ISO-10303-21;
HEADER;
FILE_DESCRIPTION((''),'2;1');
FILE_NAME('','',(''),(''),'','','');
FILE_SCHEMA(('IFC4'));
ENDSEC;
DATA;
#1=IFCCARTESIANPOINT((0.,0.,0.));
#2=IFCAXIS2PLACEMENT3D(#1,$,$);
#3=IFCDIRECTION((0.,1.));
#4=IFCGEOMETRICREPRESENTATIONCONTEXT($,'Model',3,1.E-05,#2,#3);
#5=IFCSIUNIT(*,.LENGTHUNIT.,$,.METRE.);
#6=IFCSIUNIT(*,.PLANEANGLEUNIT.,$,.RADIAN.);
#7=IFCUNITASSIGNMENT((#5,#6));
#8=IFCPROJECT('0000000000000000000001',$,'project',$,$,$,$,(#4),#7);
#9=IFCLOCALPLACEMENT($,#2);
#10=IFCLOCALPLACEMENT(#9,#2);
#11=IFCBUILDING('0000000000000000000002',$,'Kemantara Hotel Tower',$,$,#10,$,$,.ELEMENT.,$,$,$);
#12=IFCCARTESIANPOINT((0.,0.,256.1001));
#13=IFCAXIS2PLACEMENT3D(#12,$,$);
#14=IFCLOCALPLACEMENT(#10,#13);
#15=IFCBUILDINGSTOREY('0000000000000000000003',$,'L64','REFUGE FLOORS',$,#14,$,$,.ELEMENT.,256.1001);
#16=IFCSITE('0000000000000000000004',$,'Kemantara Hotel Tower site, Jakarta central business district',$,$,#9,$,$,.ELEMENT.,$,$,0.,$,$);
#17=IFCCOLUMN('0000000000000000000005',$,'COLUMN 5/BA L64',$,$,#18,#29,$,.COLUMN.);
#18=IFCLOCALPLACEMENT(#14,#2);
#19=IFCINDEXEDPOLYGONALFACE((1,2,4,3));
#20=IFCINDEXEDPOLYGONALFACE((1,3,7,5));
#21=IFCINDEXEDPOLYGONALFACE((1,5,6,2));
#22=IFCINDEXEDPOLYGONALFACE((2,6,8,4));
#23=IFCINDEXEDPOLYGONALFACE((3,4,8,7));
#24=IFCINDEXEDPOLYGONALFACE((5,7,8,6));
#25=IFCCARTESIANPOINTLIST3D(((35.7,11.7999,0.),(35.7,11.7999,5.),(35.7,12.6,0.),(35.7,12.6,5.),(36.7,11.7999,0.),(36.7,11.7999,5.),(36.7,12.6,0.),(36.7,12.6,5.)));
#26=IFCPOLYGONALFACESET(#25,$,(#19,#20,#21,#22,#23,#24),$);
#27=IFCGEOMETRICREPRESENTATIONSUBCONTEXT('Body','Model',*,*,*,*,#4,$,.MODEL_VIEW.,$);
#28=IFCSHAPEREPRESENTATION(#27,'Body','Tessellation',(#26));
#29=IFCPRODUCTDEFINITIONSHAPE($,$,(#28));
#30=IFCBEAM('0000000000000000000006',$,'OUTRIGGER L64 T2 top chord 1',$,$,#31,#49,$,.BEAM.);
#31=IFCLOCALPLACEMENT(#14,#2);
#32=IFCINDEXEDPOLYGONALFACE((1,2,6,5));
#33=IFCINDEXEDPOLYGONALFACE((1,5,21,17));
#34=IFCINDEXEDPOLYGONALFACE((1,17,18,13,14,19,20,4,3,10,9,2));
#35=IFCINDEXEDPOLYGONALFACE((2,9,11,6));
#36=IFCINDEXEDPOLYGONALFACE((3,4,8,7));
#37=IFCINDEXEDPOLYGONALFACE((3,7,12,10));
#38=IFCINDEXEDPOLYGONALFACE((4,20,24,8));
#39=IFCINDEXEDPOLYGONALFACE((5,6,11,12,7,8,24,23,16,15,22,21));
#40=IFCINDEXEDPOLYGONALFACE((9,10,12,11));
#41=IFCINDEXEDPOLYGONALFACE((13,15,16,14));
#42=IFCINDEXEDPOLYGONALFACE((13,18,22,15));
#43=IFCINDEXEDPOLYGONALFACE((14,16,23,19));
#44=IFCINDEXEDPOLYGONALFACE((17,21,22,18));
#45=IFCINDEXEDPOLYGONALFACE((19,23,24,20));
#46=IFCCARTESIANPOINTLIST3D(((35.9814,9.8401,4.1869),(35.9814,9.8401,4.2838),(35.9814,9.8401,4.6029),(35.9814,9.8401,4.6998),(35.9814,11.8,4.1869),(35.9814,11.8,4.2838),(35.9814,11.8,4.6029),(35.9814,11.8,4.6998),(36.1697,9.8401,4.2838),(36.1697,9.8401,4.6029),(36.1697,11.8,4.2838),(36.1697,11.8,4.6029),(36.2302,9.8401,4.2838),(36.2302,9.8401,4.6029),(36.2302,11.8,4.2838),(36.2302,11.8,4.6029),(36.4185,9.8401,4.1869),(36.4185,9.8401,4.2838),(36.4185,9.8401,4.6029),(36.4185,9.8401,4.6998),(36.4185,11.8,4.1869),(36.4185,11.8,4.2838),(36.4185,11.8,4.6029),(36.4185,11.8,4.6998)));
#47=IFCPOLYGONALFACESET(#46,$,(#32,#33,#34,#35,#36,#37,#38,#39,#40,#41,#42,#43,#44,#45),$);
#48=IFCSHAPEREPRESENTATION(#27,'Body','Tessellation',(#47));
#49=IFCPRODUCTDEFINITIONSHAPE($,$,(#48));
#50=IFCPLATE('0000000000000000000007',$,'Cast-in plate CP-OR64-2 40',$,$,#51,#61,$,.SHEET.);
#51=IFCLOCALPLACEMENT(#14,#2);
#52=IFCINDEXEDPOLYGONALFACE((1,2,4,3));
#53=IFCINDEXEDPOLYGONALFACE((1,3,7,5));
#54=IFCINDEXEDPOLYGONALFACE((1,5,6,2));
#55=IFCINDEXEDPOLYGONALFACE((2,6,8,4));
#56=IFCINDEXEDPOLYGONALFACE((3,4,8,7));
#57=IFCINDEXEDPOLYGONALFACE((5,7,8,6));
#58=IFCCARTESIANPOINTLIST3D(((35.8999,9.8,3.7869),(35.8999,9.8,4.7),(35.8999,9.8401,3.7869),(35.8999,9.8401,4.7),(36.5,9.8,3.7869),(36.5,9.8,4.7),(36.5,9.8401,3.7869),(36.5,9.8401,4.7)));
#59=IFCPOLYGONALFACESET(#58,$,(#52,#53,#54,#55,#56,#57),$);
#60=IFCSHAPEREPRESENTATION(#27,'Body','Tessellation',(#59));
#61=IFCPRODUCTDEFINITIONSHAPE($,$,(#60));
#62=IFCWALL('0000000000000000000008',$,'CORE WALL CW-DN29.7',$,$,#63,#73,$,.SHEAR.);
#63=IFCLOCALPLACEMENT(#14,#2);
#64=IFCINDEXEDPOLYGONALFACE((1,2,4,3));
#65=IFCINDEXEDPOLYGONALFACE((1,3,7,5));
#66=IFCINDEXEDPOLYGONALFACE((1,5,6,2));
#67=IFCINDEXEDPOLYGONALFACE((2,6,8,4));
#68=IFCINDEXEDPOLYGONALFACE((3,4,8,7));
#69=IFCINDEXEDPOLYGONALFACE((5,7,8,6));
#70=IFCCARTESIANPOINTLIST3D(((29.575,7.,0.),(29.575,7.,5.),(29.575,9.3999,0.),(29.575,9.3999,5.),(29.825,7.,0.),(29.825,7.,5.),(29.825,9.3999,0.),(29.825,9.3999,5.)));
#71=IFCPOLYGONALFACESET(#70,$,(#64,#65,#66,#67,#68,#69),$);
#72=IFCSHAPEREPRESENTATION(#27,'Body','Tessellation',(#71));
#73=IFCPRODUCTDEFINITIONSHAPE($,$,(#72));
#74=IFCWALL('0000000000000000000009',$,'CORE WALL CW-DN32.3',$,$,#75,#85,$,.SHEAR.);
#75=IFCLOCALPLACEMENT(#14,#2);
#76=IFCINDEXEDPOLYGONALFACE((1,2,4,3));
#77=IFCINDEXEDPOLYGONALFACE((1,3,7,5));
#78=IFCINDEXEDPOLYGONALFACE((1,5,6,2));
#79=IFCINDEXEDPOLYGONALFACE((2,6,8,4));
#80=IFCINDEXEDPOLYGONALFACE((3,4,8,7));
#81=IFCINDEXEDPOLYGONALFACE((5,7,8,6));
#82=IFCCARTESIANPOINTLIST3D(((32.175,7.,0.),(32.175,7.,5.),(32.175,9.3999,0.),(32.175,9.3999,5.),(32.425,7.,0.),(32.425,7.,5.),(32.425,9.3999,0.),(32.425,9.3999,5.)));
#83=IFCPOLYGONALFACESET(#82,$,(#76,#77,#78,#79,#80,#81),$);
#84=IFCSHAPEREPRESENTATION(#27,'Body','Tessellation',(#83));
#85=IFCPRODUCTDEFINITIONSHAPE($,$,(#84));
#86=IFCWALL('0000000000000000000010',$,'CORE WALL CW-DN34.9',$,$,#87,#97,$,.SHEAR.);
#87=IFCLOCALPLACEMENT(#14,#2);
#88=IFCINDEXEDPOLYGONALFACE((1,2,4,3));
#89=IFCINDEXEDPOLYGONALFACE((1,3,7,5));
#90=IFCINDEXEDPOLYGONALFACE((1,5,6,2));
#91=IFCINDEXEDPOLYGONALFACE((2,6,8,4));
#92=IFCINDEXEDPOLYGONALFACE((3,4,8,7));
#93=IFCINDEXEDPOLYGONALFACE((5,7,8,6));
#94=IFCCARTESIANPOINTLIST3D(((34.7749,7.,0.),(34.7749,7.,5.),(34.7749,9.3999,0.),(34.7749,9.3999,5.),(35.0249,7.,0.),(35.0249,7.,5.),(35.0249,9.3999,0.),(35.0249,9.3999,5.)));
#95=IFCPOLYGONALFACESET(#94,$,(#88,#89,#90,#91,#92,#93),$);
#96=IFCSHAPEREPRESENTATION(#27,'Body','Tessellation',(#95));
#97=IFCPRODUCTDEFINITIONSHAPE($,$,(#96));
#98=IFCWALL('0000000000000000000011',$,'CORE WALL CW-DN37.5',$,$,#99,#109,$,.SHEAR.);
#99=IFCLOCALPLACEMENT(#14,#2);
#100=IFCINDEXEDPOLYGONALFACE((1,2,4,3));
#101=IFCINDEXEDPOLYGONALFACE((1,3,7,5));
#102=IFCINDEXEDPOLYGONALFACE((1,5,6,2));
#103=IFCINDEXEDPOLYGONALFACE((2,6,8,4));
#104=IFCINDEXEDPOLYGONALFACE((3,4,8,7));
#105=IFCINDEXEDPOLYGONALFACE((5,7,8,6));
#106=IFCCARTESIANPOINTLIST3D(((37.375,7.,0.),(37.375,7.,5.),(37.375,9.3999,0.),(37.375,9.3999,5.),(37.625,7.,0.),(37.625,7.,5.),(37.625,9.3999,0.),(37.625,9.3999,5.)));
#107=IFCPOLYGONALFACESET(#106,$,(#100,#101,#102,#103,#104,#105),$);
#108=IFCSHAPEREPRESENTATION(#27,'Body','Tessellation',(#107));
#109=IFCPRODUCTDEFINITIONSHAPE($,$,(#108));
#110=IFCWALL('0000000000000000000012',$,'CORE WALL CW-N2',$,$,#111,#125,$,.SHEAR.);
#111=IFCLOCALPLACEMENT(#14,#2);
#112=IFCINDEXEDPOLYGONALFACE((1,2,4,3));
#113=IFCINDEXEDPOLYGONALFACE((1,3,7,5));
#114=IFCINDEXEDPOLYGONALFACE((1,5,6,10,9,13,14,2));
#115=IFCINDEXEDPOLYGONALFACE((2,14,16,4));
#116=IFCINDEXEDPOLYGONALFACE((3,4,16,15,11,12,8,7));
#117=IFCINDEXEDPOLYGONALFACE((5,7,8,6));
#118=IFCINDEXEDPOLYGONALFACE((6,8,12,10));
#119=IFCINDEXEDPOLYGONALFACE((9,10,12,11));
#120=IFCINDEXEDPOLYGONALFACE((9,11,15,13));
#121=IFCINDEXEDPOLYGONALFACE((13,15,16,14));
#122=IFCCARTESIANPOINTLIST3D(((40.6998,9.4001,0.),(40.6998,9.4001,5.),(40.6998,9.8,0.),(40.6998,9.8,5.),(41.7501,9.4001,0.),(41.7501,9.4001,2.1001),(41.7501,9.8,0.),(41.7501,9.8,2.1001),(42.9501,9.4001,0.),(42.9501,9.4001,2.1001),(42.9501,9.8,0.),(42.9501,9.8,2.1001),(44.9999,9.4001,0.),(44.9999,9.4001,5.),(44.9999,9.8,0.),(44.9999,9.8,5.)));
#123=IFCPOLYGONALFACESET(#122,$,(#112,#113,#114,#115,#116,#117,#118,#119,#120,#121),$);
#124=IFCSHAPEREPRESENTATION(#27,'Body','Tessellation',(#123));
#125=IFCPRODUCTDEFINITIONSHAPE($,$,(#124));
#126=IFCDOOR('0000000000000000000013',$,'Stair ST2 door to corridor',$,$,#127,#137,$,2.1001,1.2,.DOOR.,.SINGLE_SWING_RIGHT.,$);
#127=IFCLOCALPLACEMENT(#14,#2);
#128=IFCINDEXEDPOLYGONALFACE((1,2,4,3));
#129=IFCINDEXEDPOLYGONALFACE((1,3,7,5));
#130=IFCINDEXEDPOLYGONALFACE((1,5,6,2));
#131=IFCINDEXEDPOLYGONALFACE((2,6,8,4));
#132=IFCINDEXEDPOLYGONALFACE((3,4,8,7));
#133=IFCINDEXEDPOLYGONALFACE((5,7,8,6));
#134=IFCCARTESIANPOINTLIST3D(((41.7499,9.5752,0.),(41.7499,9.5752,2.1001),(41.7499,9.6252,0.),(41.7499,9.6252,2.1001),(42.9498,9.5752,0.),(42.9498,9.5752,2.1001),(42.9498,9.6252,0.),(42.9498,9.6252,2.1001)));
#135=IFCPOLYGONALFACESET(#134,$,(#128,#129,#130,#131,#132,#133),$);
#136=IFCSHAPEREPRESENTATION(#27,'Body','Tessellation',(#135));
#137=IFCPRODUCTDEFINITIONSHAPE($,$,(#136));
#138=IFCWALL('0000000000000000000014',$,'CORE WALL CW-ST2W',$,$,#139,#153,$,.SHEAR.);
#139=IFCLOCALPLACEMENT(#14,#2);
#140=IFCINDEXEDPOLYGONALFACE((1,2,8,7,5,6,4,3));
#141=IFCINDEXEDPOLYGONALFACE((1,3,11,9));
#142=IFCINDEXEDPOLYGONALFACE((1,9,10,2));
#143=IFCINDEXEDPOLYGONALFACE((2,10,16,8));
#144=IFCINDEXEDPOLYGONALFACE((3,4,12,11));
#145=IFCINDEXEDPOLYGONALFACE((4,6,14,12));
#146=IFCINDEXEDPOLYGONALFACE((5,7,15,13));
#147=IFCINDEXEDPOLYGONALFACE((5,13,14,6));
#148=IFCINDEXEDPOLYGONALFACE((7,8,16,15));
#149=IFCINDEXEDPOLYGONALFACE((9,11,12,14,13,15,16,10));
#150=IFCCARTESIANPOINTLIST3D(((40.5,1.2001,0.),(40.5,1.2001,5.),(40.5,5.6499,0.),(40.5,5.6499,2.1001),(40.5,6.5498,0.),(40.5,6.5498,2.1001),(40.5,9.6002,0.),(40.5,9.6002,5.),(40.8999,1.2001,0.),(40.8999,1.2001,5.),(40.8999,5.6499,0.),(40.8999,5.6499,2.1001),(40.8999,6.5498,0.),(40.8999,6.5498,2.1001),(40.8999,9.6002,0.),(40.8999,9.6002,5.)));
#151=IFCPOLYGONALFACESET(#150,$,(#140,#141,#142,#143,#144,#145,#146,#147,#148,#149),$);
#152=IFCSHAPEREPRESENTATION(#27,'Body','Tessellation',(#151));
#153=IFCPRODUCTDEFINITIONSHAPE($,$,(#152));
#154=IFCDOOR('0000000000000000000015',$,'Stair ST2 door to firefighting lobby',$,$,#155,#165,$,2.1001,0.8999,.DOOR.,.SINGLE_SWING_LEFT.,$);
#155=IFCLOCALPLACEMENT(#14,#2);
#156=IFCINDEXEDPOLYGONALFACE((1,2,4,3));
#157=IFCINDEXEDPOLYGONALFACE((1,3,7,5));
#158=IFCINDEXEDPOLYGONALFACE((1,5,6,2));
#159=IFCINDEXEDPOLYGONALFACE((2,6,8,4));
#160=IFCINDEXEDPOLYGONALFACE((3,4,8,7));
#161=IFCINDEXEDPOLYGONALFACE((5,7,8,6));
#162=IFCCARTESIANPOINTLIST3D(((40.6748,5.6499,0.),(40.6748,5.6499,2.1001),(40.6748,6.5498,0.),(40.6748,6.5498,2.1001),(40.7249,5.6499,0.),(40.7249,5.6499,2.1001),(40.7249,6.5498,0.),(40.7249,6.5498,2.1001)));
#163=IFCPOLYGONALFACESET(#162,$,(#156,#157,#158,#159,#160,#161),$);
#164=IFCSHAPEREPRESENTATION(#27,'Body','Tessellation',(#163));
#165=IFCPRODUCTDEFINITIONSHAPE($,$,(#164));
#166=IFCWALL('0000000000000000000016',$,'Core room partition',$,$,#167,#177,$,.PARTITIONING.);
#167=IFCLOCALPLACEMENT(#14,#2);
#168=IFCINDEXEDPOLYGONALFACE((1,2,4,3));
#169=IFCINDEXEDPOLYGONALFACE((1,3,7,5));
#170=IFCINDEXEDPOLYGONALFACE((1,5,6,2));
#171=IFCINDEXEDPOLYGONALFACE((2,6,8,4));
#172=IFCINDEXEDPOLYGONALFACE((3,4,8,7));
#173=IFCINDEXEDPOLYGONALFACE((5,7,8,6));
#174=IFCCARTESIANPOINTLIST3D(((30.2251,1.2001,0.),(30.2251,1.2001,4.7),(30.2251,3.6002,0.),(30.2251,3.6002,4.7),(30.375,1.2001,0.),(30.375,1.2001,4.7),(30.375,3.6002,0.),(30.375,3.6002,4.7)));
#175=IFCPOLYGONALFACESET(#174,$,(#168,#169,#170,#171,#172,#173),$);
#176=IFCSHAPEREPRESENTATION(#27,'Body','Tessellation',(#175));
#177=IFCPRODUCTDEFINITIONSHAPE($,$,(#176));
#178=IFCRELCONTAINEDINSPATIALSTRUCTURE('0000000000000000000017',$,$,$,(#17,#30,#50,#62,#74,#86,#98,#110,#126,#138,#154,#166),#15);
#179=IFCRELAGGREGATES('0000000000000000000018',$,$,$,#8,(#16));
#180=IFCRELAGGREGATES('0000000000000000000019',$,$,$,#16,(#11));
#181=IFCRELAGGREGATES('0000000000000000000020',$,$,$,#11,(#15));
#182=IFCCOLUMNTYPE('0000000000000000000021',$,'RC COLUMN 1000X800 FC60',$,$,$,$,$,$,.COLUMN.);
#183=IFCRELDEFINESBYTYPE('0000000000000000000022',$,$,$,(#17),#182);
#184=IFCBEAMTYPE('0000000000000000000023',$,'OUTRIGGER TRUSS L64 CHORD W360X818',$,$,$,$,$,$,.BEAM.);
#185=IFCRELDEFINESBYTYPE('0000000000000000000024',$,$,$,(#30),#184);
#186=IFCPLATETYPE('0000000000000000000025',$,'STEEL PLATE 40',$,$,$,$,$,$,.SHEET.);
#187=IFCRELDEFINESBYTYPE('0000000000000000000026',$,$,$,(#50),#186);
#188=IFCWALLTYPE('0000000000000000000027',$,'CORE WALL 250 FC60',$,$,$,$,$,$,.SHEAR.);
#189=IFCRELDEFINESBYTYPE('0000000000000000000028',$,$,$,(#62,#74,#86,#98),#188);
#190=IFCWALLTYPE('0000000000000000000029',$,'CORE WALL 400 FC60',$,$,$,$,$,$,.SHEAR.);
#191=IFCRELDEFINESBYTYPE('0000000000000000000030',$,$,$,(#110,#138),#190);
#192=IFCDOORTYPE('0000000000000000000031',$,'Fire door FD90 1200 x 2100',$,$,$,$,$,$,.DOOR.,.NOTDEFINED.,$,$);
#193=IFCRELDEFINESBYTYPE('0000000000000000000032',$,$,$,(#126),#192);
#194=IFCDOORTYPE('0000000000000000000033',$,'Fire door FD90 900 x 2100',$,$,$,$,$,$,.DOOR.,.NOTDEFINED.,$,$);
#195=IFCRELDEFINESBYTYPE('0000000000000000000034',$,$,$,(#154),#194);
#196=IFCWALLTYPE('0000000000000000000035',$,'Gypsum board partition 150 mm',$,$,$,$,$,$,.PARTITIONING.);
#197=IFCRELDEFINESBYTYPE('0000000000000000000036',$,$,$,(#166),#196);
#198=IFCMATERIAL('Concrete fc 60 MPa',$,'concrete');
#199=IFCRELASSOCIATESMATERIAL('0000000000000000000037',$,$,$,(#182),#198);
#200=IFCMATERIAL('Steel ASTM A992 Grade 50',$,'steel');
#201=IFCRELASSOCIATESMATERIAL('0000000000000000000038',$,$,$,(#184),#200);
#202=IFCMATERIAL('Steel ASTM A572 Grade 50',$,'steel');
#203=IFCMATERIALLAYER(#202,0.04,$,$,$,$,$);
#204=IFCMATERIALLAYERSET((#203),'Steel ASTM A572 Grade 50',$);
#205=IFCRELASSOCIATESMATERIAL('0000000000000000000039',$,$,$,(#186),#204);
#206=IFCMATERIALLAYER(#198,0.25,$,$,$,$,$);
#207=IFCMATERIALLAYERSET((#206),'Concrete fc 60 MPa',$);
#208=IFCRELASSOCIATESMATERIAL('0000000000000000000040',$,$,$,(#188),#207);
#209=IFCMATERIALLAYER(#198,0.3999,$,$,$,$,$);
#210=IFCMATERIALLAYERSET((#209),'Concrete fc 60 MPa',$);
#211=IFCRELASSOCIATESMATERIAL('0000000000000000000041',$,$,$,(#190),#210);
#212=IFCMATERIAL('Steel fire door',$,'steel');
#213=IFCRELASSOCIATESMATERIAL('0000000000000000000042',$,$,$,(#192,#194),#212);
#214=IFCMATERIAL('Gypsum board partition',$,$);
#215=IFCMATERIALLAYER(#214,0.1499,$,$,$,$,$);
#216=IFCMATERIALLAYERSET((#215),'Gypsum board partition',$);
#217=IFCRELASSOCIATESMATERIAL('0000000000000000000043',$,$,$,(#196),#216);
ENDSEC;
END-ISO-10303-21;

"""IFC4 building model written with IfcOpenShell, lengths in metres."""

from ifc_helpers import new_model, si_unit, direction, frame, frame_2d, origin, origin_2d, place, context, subcontext, project, spatial, rectangle, i_section, extrude, source, transform, mapped, material, layer, layer_set, material_profile, profile_set, type_object, element, fill, save


model = new_model("IFC4")

# Units and contexts
model_context = context("Model", 3, precision=1e-05, world=origin(), true_north=direction((0.0, 1.0)))
body_context = subcontext(model_context, "Body", "Model", "MODEL_VIEW")
ifc_project = project(units=[si_unit("LENGTHUNIT", "METRE"), si_unit("PLANEANGLEUNIT", "RADIAN")], contexts=[model_context])

# Site, building, storey
site_placement = place(None, origin())
site = spatial("IfcSite", under=ifc_project, at=site_placement, Name="Kemantara Hotel Tower site, Jakarta central business district", CompositionType="ELEMENT", RefElevation=0.0)
building_placement = place(site_placement, origin())
building = spatial("IfcBuilding", under=site, at=building_placement, Name="Kemantara Hotel Tower", CompositionType="ELEMENT")
storey_placement = place(building_placement, frame((0.0, 0.0, 256.1001)))
storey = spatial("IfcBuildingStorey", under=building, at=storey_placement, Name="L64", Description="REFUGE FLOORS", CompositionType="ELEMENT", Elevation=256.1001)

# Column
ifc_material_1 = material(Name="Concrete fc 60 MPa", Category="concrete")
ifc_material_profile_1 = material_profile(ifc_material_1, rectangle(XDim=1.0, YDim=0.8, at=origin_2d()), Name="RC 1000X800")
ifc_profile_set_1 = profile_set([ifc_material_profile_1], Name="Concrete fc 60 MPa")
column_type = type_object("IfcColumnType", Name="RC COLUMN 1000X800 FC60", PredefinedType="COLUMN", material=ifc_profile_set_1)
column_placement = place(storey_placement, frame((36.2, 12.2, 0.0), z_axis=(0.0, 0.0, 1.0), x_axis=(1.0, 0.0, 0.0)))
element("IfcColumn", 1, at=column_placement, inside=storey, type_object=column_type, Name="COLUMN 5/BA L64", PredefinedType="COLUMN", context=body_context, shape_type="SweptSolid", body=[
    extrude(rectangle(XDim=1.0, YDim=0.8, at=origin_2d()), origin(), (0.0, 0.0, 1.0), 5.0),
])

# Beam
ifc_material_2 = material(Name="Steel ASTM A992 Grade 50", Category="steel")
ifc_material_profile_2 = material_profile(ifc_material_2, i_section(OverallWidth=0.437, OverallDepth=0.5129, WebThickness=0.0605, FlangeThickness=0.0969, at=origin_2d()), Name="W360X818")
ifc_profile_set_2 = profile_set([ifc_material_profile_2], Name="Steel ASTM A992 Grade 50")
beam_type = type_object("IfcBeamType", Name="OUTRIGGER TRUSS L64 CHORD W360X818", PredefinedType="BEAM", material=ifc_profile_set_2)
beam_placement = place(storey_placement, frame((36.2, 9.8401, 4.4434), z_axis=(0.0, 1.0, 0.0), x_axis=(-1.0, 0.0, 0.0)))
element("IfcBeam", 2, at=beam_placement, inside=storey, type_object=beam_type, Name="OUTRIGGER L64 T2 top chord 1", PredefinedType="BEAM", context=body_context, shape_type="SweptSolid", body=[
    extrude(i_section(OverallWidth=0.437, OverallDepth=0.5129, WebThickness=0.0605, FlangeThickness=0.0969, at=origin_2d()), origin(), (0.0, 0.0, 1.0), 1.96),
])

# Plate
ifc_material_3 = material(Name="Steel ASTM A572 Grade 50", Category="steel")
ifc_layer_1 = layer(ifc_material_3, 0.04)
ifc_layer_set_1 = layer_set([ifc_layer_1], Name="Steel ASTM A572 Grade 50")
plate_type = type_object("IfcPlateType", Name="STEEL PLATE 40", PredefinedType="SHEET", material=ifc_layer_set_1)
shared_shape_1 = source(origin(), body_context, "Body", "SweptSolid", [
    extrude(rectangle(XDim=0.6001, YDim=0.04, at=origin_2d()), origin(), (0.0, 0.0, 1.0), 0.9131),
])
plate_placement = place(storey_placement, frame((36.2, 9.8201, 3.7869), z_axis=(0.0, 0.0, 1.0), x_axis=(1.0, 0.0, 0.0)))
element("IfcPlate", 3, at=plate_placement, inside=storey, type_object=plate_type, Name="Cast-in plate CP-OR64-2 40", PredefinedType="SHEET", context=body_context, shape_type="MappedRepresentation", body=[
    mapped(shared_shape_1, transform((0.0, 0.0, 0.0))),
])

# Walls
ifc_layer_2 = layer(ifc_material_1, 0.25)
ifc_layer_set_2 = layer_set([ifc_layer_2], Name="Concrete fc 60 MPa")
wall_type_1 = type_object("IfcWallType", Name="CORE WALL 250 FC60", PredefinedType="SHEAR", material=ifc_layer_set_2)
for number, where, z_axis, x_axis, name in (
    (4, (29.7, 7.0, 0.0), (0.0, 0.0, 1.0), (0.0, 1.0, 0.0), "CORE WALL CW-DN29.7"),
    (5, (32.3, 7.0, 0.0), (0.0, 0.0, 1.0), (0.0, 1.0, 0.0), "CORE WALL CW-DN32.3"),
    (6, (34.8999, 7.0, 0.0), (0.0, 0.0, 1.0), (0.0, 1.0, 0.0), "CORE WALL CW-DN34.9"),
    (7, (37.5, 7.0, 0.0), (0.0, 0.0, 1.0), (0.0, 1.0, 0.0), "CORE WALL CW-DN37.5"),
):
    element("IfcWall", number, at=place(storey_placement, frame(where, z_axis=z_axis, x_axis=x_axis)), inside=storey, type_object=wall_type_1, Name=name, PredefinedType="SHEAR", context=body_context, shape_type="SweptSolid", body=[
        extrude(rectangle(XDim=2.3999, YDim=0.25, at=frame_2d((1.2, 0.0))), origin(), (0.0, 0.0, 1.0), 5.0),
    ])

# Walls, openings, doors
ifc_layer_3 = layer(ifc_material_1, 0.3999)
ifc_layer_set_3 = layer_set([ifc_layer_3], Name="Concrete fc 60 MPa")
wall_type_2 = type_object("IfcWallType", Name="CORE WALL 400 FC60", PredefinedType="SHEAR", material=ifc_layer_set_3)
wall_1_placement = place(storey_placement, frame((40.7, 9.6001, 0.0), z_axis=(0.0, 0.0, 1.0), x_axis=(1.0, 0.0, 0.0)))
wall_1 = element("IfcWall", 8, at=wall_1_placement, inside=storey, type_object=wall_type_2, Name="CORE WALL CW-N2", PredefinedType="SHEAR", context=body_context, shape_type="SweptSolid", body=[
    extrude(rectangle(XDim=4.3, YDim=0.3999, at=frame_2d((2.1499, 0.0))), origin(), (0.0, 0.0, 1.0), 5.0),
])
opening_1_placement = place(wall_1_placement, frame((1.05, 0.0, 0.0)))
opening_1 = element("IfcOpeningElement", 9, at=opening_1_placement, cuts=wall_1, PredefinedType="OPENING", context=body_context, shape_type="SweptSolid", body=[
    extrude(rectangle(XDim=1.2, YDim=2.1001, at=frame_2d((0.6001, 1.05))), frame((0.0, 0.21, 0.0), z_axis=(0.0, -1.0, 0.0), x_axis=(1.0, 0.0, 0.0)), (0.0, 0.0, 1.0), 0.4199),
])
ifc_material_4 = material(Name="Steel fire door", Category="steel")
door_type_1 = type_object("IfcDoorType", Name="Fire door FD90 1200 x 2100", OperationType="NOTDEFINED", PredefinedType="DOOR", material=ifc_material_4)
door_1_placement = place(opening_1_placement, frame((1.2, 0.0, 0.0), z_axis=(0.0, 0.0, 1.0), x_axis=(-1.0, 0.0, 0.0)))
door_1 = element("IfcDoor", 10, at=door_1_placement, inside=storey, type_object=door_type_1, Name="Stair ST2 door to corridor", OperationType="SINGLE_SWING_RIGHT", OverallHeight=2.1001, OverallWidth=1.2, PredefinedType="DOOR", context=body_context, shape_type="SweptSolid", body=[
    extrude(rectangle(XDim=1.2, YDim=2.1001, at=frame_2d((0.6001, 1.05))), frame((0.0, 0.0249, 0.0), z_axis=(0.0, -1.0, 0.0), x_axis=(1.0, 0.0, 0.0)), (0.0, 0.0, 1.0), 0.05),
])
fill(opening_1, door_1)
wall_2_placement = place(storey_placement, frame((40.7, 1.2, 0.0), z_axis=(0.0, 0.0, 1.0), x_axis=(0.0, 1.0, 0.0)))
wall_2 = element("IfcWall", 11, at=wall_2_placement, inside=storey, type_object=wall_type_2, Name="CORE WALL CW-ST2W", PredefinedType="SHEAR", context=body_context, shape_type="SweptSolid", body=[
    extrude(rectangle(XDim=8.4001, YDim=0.3999, at=frame_2d((4.2002, 0.0))), origin(), (0.0, 0.0, 1.0), 5.0),
])
opening_2_placement = place(wall_2_placement, frame((4.45, 0.0, 0.0)))
opening_2 = element("IfcOpeningElement", 12, at=opening_2_placement, cuts=wall_2, PredefinedType="OPENING", context=body_context, shape_type="SweptSolid", body=[
    extrude(rectangle(XDim=0.8999, YDim=2.1001, at=frame_2d((0.45, 1.05))), frame((0.0, 0.21, 0.0), z_axis=(0.0, -1.0, 0.0), x_axis=(1.0, 0.0, 0.0)), (0.0, 0.0, 1.0), 0.4199),
])
door_type_2 = type_object("IfcDoorType", Name="Fire door FD90 900 x 2100", OperationType="NOTDEFINED", PredefinedType="DOOR", material=ifc_material_4)
door_2_placement = place(opening_2_placement, frame((0.8999, 0.0, 0.0), z_axis=(0.0, 0.0, 1.0), x_axis=(-1.0, 0.0, 0.0)))
door_2 = element("IfcDoor", 13, at=door_2_placement, inside=storey, type_object=door_type_2, Name="Stair ST2 door to firefighting lobby", OperationType="SINGLE_SWING_LEFT", OverallHeight=2.1001, OverallWidth=0.8999, PredefinedType="DOOR", context=body_context, shape_type="SweptSolid", body=[
    extrude(rectangle(XDim=0.8999, YDim=2.1001, at=frame_2d((0.45, 1.05))), frame((0.0, 0.0249, 0.0), z_axis=(0.0, -1.0, 0.0), x_axis=(1.0, 0.0, 0.0)), (0.0, 0.0, 1.0), 0.05),
])
fill(opening_2, door_2)

# Wall
ifc_material_5 = material(Name="Gypsum board partition")
ifc_layer_4 = layer(ifc_material_5, 0.1499)
ifc_layer_set_4 = layer_set([ifc_layer_4], Name="Gypsum board partition")
wall_type_3 = type_object("IfcWallType", Name="Gypsum board partition 150 mm", PredefinedType="PARTITIONING", material=ifc_layer_set_4)
for number, where, z_axis, x_axis, name in (
    (14, (30.3, 1.2, 0.0), (0.0, 0.0, 1.0), (0.0, 1.0, 0.0), "Core room partition"),
):
    element("IfcWall", number, at=place(storey_placement, frame(where, z_axis=z_axis, x_axis=x_axis)), inside=storey, type_object=wall_type_3, Name=name, PredefinedType="PARTITIONING", context=body_context, shape_type="SweptSolid", body=[
        extrude(rectangle(XDim=2.4001, YDim=0.1499, at=frame_2d((1.2002, 0.0))), origin(), (0.0, 0.0, 1.0), 4.7),
    ])

save(model, "model.ifc")
